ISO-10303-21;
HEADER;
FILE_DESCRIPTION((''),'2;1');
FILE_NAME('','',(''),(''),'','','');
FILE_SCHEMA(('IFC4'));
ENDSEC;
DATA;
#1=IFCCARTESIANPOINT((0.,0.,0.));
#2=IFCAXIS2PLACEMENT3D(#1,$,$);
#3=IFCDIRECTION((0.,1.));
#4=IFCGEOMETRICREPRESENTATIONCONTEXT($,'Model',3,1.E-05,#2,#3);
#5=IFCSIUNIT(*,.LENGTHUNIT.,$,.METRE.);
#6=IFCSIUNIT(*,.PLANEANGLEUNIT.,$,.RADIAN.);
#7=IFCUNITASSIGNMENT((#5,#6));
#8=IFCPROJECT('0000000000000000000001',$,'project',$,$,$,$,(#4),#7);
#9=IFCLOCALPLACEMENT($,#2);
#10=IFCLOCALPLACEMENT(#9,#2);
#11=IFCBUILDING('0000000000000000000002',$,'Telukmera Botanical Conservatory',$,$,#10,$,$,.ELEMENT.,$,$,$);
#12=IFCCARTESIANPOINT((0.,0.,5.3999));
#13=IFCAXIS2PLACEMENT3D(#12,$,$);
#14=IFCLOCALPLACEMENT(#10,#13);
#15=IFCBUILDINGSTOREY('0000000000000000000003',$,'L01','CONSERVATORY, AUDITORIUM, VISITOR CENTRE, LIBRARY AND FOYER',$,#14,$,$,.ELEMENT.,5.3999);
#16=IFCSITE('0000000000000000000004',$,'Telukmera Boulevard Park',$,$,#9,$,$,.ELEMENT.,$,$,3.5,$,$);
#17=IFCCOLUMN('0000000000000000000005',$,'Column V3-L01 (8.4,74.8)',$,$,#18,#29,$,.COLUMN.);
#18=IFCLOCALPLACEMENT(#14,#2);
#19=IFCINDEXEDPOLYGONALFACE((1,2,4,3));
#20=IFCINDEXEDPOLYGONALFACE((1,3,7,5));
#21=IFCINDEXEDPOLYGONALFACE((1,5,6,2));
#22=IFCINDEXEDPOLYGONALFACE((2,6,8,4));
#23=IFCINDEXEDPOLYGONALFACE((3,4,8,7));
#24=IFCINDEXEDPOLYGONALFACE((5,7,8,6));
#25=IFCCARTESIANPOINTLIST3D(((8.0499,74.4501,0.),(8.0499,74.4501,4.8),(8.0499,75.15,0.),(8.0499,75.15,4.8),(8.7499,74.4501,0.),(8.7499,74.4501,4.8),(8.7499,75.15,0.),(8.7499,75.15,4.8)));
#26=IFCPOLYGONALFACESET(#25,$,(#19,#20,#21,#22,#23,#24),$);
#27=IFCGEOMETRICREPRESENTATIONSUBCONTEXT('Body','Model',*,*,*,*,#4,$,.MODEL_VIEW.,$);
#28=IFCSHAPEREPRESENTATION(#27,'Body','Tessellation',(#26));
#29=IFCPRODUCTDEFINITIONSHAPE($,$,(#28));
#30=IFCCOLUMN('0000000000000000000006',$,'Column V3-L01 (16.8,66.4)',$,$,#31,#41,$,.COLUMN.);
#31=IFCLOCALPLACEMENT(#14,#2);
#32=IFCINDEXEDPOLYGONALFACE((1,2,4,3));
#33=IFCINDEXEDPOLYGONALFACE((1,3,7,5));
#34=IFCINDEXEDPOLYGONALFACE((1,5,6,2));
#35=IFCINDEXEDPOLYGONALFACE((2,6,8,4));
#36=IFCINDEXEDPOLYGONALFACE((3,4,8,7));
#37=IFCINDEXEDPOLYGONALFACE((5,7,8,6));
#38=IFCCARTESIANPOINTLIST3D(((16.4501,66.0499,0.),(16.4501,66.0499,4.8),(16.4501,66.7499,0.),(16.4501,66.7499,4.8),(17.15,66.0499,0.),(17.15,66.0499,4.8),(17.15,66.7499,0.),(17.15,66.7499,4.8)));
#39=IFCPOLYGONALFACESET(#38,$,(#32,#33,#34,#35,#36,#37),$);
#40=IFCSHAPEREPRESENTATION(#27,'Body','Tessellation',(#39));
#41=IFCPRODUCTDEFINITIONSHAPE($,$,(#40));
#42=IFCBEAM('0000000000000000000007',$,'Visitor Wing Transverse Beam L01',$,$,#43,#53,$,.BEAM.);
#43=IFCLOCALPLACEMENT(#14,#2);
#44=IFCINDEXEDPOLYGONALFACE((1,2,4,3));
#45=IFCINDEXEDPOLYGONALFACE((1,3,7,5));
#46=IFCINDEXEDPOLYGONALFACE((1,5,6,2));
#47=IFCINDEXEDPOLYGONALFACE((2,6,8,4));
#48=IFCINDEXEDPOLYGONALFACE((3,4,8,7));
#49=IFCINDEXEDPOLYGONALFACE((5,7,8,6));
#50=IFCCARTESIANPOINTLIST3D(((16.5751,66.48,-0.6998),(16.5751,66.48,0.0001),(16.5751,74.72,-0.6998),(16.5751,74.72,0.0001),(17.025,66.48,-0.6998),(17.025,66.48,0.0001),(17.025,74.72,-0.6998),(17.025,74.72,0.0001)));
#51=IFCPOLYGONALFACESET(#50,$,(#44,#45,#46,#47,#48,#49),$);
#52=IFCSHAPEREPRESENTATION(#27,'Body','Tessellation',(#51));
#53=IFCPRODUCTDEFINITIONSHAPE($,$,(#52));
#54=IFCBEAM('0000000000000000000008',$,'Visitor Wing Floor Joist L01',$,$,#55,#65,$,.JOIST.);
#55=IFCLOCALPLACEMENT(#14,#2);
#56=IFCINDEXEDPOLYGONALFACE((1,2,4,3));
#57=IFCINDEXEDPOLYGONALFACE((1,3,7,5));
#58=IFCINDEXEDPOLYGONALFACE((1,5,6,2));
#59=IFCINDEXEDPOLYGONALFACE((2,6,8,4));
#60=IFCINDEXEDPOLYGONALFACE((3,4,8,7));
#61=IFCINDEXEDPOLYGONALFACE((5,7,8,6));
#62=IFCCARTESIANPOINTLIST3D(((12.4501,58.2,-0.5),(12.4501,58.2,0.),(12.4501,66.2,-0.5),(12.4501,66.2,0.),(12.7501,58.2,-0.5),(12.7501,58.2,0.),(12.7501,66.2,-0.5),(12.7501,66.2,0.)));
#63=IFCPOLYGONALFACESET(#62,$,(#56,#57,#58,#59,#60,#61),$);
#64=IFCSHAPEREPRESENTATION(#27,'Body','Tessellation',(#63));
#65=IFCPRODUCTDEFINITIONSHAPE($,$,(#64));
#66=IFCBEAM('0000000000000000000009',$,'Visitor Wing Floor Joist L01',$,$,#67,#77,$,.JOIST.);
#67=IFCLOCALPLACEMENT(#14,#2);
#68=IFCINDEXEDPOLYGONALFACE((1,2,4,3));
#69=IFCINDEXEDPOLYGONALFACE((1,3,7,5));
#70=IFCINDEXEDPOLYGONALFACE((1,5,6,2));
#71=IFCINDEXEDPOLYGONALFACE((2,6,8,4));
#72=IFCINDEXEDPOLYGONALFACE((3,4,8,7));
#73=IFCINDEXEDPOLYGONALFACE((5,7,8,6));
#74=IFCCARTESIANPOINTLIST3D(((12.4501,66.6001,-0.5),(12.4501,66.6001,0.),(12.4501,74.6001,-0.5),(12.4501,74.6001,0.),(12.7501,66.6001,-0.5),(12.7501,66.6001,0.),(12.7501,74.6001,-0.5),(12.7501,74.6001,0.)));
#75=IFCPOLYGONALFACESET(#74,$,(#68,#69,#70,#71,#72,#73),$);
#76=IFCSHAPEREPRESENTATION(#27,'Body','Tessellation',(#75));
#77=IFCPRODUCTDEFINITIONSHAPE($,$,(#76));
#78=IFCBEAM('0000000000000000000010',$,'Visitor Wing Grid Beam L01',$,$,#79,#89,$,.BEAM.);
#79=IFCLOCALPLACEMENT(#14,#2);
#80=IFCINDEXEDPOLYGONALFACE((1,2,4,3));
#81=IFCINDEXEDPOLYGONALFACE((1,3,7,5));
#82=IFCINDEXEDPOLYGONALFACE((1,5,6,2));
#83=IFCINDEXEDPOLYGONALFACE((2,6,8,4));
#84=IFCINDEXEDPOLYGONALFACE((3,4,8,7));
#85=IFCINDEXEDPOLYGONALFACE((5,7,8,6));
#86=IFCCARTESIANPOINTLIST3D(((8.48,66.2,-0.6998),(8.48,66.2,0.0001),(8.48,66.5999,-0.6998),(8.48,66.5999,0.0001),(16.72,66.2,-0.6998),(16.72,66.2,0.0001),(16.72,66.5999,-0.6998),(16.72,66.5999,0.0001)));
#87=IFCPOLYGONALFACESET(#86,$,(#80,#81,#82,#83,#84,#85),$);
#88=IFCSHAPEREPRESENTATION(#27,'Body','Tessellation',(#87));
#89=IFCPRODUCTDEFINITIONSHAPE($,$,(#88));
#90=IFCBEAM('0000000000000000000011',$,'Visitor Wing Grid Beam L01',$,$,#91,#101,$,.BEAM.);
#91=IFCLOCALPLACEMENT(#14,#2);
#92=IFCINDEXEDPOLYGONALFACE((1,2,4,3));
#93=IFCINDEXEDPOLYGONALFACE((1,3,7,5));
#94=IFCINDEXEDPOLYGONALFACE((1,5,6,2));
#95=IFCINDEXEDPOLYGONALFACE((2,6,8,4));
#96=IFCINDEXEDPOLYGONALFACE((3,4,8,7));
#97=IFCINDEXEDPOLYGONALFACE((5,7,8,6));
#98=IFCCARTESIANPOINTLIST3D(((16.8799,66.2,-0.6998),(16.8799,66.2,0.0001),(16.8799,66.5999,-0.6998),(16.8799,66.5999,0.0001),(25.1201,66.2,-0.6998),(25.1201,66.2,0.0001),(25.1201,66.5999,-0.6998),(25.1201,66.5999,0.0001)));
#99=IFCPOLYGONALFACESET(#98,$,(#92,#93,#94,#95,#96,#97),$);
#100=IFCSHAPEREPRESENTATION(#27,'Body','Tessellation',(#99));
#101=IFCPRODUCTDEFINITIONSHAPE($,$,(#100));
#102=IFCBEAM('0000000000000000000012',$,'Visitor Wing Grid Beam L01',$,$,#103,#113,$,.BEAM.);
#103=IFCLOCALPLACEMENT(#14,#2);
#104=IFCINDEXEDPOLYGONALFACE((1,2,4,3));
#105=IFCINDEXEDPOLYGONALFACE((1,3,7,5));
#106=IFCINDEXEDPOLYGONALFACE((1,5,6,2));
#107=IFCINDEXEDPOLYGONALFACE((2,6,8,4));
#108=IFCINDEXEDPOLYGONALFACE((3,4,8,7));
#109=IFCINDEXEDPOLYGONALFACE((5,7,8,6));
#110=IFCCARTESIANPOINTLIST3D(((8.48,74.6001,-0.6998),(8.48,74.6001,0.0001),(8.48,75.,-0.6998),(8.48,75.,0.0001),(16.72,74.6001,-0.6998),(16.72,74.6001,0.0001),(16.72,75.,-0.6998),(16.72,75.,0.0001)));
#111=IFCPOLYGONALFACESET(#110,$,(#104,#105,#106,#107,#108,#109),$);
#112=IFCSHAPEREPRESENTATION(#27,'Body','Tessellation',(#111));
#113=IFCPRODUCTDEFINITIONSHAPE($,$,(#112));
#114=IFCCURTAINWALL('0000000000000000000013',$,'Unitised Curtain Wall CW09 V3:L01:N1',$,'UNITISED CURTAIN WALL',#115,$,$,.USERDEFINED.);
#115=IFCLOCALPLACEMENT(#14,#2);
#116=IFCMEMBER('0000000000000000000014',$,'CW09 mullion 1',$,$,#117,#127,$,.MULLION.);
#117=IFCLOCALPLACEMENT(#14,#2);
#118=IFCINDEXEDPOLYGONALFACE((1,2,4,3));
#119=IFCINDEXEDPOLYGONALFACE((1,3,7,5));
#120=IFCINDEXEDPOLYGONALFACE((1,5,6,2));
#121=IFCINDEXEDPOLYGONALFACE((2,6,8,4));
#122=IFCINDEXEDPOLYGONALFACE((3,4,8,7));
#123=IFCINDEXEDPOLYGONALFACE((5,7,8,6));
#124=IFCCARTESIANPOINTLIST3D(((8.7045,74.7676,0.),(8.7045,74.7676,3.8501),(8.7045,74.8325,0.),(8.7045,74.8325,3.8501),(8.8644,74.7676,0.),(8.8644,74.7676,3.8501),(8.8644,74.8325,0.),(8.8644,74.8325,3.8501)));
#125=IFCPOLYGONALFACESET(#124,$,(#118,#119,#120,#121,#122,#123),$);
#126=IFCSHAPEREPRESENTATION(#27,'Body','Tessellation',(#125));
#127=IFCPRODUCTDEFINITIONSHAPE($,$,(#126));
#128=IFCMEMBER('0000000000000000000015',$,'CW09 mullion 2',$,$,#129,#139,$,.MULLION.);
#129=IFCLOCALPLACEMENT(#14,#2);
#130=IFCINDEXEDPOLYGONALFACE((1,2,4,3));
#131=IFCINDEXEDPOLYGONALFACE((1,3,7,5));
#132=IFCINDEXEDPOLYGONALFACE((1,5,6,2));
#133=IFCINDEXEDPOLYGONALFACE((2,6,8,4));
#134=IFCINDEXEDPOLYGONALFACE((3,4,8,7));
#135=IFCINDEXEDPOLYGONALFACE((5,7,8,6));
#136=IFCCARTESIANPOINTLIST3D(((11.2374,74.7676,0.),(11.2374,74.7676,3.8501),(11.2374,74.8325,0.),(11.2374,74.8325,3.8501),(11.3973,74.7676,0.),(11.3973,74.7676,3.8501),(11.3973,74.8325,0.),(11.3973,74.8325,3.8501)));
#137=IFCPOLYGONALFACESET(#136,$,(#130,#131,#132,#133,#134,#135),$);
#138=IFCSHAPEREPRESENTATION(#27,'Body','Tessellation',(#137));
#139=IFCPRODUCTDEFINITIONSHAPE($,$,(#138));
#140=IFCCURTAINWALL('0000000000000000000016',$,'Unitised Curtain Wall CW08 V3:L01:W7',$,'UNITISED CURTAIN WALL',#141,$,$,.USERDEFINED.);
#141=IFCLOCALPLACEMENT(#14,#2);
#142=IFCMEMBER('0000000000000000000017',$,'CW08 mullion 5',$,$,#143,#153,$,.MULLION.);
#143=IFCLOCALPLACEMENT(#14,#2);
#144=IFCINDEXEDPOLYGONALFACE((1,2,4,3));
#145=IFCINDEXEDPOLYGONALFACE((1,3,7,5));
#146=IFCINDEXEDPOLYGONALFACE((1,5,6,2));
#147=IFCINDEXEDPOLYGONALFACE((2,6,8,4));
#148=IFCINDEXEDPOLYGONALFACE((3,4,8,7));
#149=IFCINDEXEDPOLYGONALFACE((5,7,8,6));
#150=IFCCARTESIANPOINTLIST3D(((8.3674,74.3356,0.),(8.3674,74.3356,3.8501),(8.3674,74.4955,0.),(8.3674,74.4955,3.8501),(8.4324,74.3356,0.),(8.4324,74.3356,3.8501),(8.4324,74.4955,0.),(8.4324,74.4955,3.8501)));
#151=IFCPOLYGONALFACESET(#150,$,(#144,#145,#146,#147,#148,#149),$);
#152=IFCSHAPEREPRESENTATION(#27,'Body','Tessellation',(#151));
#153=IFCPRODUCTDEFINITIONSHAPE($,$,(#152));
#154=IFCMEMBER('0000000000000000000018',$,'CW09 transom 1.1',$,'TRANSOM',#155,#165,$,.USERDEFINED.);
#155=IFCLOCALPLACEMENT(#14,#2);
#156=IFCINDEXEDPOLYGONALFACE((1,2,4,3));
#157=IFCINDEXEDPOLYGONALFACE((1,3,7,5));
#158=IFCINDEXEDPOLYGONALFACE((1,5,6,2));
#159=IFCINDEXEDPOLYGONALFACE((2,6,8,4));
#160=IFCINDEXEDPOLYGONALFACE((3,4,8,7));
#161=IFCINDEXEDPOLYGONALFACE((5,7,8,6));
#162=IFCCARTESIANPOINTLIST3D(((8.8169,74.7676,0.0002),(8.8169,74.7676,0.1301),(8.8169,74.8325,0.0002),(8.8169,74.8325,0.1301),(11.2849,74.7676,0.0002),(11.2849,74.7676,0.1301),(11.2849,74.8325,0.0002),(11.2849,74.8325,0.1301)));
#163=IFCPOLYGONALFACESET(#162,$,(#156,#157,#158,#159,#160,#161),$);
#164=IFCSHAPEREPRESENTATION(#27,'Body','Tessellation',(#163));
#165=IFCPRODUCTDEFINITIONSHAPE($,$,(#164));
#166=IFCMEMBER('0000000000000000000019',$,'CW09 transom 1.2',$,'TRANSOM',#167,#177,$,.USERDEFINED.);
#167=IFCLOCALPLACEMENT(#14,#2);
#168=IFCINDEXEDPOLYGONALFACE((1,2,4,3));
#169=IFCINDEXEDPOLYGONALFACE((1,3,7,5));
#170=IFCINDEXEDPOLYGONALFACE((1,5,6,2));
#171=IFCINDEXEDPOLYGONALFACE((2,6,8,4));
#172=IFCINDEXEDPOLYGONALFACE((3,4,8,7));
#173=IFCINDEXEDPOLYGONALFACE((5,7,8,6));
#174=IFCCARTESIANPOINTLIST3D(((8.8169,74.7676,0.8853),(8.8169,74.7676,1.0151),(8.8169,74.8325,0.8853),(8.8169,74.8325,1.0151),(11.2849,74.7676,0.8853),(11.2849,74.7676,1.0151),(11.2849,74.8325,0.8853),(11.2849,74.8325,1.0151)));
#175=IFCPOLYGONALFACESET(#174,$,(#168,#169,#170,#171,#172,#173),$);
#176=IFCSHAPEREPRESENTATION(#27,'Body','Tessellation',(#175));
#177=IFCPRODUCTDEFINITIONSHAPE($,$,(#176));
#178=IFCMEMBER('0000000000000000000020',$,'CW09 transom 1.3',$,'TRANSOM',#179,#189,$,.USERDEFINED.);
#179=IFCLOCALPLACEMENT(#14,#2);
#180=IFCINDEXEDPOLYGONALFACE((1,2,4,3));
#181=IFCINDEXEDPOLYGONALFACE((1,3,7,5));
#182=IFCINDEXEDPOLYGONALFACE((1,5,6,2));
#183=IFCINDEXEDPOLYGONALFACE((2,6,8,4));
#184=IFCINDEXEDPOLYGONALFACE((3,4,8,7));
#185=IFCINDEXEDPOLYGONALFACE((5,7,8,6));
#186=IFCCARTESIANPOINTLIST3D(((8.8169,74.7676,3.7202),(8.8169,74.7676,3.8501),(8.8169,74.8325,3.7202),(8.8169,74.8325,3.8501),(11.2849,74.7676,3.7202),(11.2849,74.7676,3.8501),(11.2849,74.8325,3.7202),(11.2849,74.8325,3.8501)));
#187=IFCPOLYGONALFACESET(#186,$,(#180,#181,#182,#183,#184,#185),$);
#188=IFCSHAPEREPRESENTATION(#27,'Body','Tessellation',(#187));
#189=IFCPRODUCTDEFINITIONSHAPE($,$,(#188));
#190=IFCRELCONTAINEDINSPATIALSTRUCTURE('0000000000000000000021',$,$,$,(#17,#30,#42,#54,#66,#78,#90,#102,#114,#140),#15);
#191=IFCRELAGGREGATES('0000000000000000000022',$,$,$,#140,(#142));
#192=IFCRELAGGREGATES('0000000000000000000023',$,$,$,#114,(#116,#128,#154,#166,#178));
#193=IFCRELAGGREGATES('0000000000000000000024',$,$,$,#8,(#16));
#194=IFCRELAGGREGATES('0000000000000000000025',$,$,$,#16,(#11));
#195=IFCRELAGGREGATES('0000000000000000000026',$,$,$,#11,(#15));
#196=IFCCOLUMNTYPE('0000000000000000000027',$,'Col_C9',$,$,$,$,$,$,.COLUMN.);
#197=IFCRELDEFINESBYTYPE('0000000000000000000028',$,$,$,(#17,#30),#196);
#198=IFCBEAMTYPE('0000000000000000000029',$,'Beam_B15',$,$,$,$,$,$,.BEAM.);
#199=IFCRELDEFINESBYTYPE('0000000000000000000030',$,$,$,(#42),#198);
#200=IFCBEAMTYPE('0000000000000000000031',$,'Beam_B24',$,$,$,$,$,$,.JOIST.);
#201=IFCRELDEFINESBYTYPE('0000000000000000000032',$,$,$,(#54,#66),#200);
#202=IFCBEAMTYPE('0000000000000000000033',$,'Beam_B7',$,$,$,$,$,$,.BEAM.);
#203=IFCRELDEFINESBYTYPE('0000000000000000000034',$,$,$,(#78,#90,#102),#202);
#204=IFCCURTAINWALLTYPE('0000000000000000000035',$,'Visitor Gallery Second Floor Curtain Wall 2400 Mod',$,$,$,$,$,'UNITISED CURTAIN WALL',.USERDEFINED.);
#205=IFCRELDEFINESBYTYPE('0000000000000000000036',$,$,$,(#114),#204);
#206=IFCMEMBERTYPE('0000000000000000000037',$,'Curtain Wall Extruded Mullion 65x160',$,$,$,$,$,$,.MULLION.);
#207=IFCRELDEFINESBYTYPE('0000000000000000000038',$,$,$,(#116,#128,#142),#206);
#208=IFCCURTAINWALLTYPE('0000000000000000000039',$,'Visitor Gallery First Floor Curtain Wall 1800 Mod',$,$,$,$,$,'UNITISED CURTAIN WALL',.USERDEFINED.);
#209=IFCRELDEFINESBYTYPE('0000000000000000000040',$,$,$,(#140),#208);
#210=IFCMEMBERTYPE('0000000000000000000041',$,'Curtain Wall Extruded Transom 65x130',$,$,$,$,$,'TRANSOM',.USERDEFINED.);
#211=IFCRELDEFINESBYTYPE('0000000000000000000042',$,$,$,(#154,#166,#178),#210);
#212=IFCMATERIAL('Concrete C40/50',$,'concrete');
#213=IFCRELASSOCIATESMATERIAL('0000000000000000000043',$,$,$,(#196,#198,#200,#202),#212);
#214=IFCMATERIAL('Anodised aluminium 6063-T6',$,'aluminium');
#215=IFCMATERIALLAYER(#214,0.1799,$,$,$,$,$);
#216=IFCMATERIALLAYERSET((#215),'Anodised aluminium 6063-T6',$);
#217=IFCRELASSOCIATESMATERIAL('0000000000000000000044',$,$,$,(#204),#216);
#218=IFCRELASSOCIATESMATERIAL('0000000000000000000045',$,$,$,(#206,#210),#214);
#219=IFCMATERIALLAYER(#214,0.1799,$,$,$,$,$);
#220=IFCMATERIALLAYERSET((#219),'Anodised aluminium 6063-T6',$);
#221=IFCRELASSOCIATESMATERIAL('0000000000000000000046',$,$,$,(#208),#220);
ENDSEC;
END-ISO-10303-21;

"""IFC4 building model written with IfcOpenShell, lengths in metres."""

from ifc_helpers import new_model, si_unit, direction, frame, origin, origin_2d, place, context, subcontext, project, spatial, rectangle, extrude, material, layer, layer_set, material_profile, profile_set, type_object, element, aggregate, save


model = new_model("IFC4")

# Units and contexts
model_context = context("Model", 3, precision=1e-05, world=origin(), true_north=direction((0.0, 1.0)))
body_context = subcontext(model_context, "Body", "Model", "MODEL_VIEW")
ifc_project = project(units=[si_unit("LENGTHUNIT", "METRE"), si_unit("PLANEANGLEUNIT", "RADIAN")], contexts=[model_context])

# Site, building, storey
site_placement = place(None, origin())
site = spatial("IfcSite", under=ifc_project, at=site_placement, Name="Telukmera Boulevard Park", CompositionType="ELEMENT", RefElevation=3.5)
building_placement = place(site_placement, origin())
building = spatial("IfcBuilding", under=site, at=building_placement, Name="Telukmera Botanical Conservatory", CompositionType="ELEMENT")
storey_placement = place(building_placement, frame((0.0, 0.0, 5.3999)))
storey = spatial("IfcBuildingStorey", under=building, at=storey_placement, Name="L01", Description="CONSERVATORY, AUDITORIUM, VISITOR CENTRE, LIBRARY AND FOYER", CompositionType="ELEMENT", Elevation=5.3999)

# Columns
ifc_material_1 = material(Name="Concrete C40/50", Category="concrete")
ifc_material_profile_1 = material_profile(ifc_material_1, rectangle(XDim=0.7, YDim=0.7, at=origin_2d()), Name="RC 700x700")
ifc_profile_set_1 = profile_set([ifc_material_profile_1], Name="Concrete C40/50")
column_type = type_object("IfcColumnType", Name="Col_C9", PredefinedType="COLUMN", material=ifc_profile_set_1)
for number, where, z_axis, x_axis, name in (
    (1, (8.3999, 74.8, 0.0), (0.0, 0.0, 1.0), (1.0, 0.0, 0.0), "Column V3-L01 (8.4,74.8)"),
    (2, (16.8, 66.3999, 0.0), (0.0, 0.0, 1.0), (1.0, 0.0, 0.0), "Column V3-L01 (16.8,66.4)"),
):
    element("IfcColumn", number, at=place(storey_placement, frame(where, z_axis=z_axis, x_axis=x_axis)), inside=storey, type_object=column_type, Name=name, PredefinedType="COLUMN", context=body_context, shape_type="SweptSolid", body=[
        extrude(rectangle(XDim=0.7, YDim=0.7, at=origin_2d()), origin(), (0.0, 0.0, 1.0), 4.8),
    ])

# Beams
ifc_material_profile_2 = material_profile(ifc_material_1, rectangle(XDim=0.45, YDim=0.7, at=origin_2d()), Name="RC 450x700")
ifc_profile_set_2 = profile_set([ifc_material_profile_2], Name="Concrete C40/50")
beam_type_1 = type_object("IfcBeamType", Name="Beam_B15", PredefinedType="BEAM", material=ifc_profile_set_2)
beam_1_placement = place(storey_placement, frame((16.8, 66.48, -0.3499), z_axis=(0.0, 1.0, 0.0), x_axis=(-1.0, 0.0, 0.0)))
element("IfcBeam", 3, at=beam_1_placement, inside=storey, type_object=beam_type_1, Name="Visitor Wing Transverse Beam L01", PredefinedType="BEAM", context=body_context, shape_type="SweptSolid", body=[
    extrude(rectangle(XDim=0.45, YDim=0.7, at=origin_2d()), origin(), (0.0, 0.0, 1.0), 8.24),
])
ifc_material_profile_3 = material_profile(ifc_material_1, rectangle(XDim=0.3, YDim=0.5, at=origin_2d()), Name="RC 300x500")
ifc_profile_set_3 = profile_set([ifc_material_profile_3], Name="Concrete C40/50")
beam_type_2 = type_object("IfcBeamType", Name="Beam_B24", PredefinedType="JOIST", material=ifc_profile_set_3)
for number, where, z_axis, x_axis, name in (
    (4, (12.6001, 58.2, -0.25), (0.0, 1.0, 0.0), (-1.0, 0.0, 0.0), "Visitor Wing Floor Joist L01"),
    (5, (12.6001, 66.6001, -0.25), (0.0, 1.0, 0.0), (-1.0, 0.0, 0.0), "Visitor Wing Floor Joist L01"),
):
    element("IfcBeam", number, at=place(storey_placement, frame(where, z_axis=z_axis, x_axis=x_axis)), inside=storey, type_object=beam_type_2, Name=name, PredefinedType="JOIST", context=body_context, shape_type="SweptSolid", body=[
        extrude(rectangle(XDim=0.3, YDim=0.5, at=origin_2d()), origin(), (0.0, 0.0, 1.0), 8.0),
    ])
ifc_material_profile_4 = material_profile(ifc_material_1, rectangle(XDim=0.3999, YDim=0.7, at=origin_2d()), Name="RC 400x700")
ifc_profile_set_4 = profile_set([ifc_material_profile_4], Name="Concrete C40/50")
beam_type_3 = type_object("IfcBeamType", Name="Beam_B7", PredefinedType="BEAM", material=ifc_profile_set_4)
beam_2_placement = place(storey_placement, frame((8.48, 66.3999, -0.3499), z_axis=(1.0, 0.0, 0.0), x_axis=(0.0, 1.0, 0.0)))
element("IfcBeam", 6, at=beam_2_placement, inside=storey, type_object=beam_type_3, Name="Visitor Wing Grid Beam L01", PredefinedType="BEAM", context=body_context, shape_type="SweptSolid", body=[
    extrude(rectangle(XDim=0.3999, YDim=0.7, at=origin_2d()), origin(), (0.0, 0.0, 1.0), 8.24),
])
beam_3_placement = place(storey_placement, frame((16.8799, 66.3999, -0.3499), z_axis=(1.0, 0.0, 0.0), x_axis=(0.0, 1.0, 0.0)))
element("IfcBeam", 7, at=beam_3_placement, inside=storey, type_object=beam_type_3, Name="Visitor Wing Grid Beam L01", PredefinedType="BEAM", context=body_context, shape_type="SweptSolid", body=[
    extrude(rectangle(XDim=0.3999, YDim=0.7, at=origin_2d()), origin(), (0.0, 0.0, 1.0), 8.2402),
])
beam_4_placement = place(storey_placement, frame((8.48, 74.8, -0.3499), z_axis=(1.0, 0.0, 0.0), x_axis=(0.0, 1.0, 0.0)))
element("IfcBeam", 8, at=beam_4_placement, inside=storey, type_object=beam_type_3, Name="Visitor Wing Grid Beam L01", PredefinedType="BEAM", context=body_context, shape_type="SweptSolid", body=[
    extrude(rectangle(XDim=0.3999, YDim=0.7, at=origin_2d()), origin(), (0.0, 0.0, 1.0), 8.24),
])

# Curtain wall, members
ifc_material_2 = material(Name="Anodised aluminium 6063-T6", Category="aluminium")
ifc_layer_1 = layer(ifc_material_2, 0.1799)
ifc_layer_set_1 = layer_set([ifc_layer_1], Name="Anodised aluminium 6063-T6")
curtain_wall_type_1 = type_object("IfcCurtainWallType", Name="Visitor Gallery Second Floor Curtain Wall 2400 Mod", ElementType="UNITISED CURTAIN WALL", PredefinedType="USERDEFINED", material=ifc_layer_set_1)
curtain_wall_1_placement = place(storey_placement, origin())
curtain_wall_1 = element("IfcCurtainWall", 9, at=curtain_wall_1_placement, inside=storey, type_object=curtain_wall_type_1, Name="Unitised Curtain Wall CW09 V3:L01:N1", ObjectType="UNITISED CURTAIN WALL", PredefinedType="USERDEFINED")
ifc_material_profile_5 = material_profile(ifc_material_2, rectangle(XDim=0.0649, YDim=0.1599, at=origin_2d()), Name="ALU MULL 65x160")
ifc_profile_set_5 = profile_set([ifc_material_profile_5], Name="Anodised aluminium 6063-T6")
member_type_1 = type_object("IfcMemberType", Name="Curtain Wall Extruded Mullion 65x160", PredefinedType="MULLION", material=ifc_profile_set_5)
member_1_placement = place(storey_placement, frame((8.7844, 74.8, 0.0), z_axis=(0.0, 0.0, 1.0), x_axis=(0.0, 1.0, 0.0)))
member_1 = element("IfcMember", 10, at=member_1_placement, type_object=member_type_1, Name="CW09 mullion 1", PredefinedType="MULLION", context=body_context, shape_type="SweptSolid", body=[
    extrude(rectangle(XDim=0.0649, YDim=0.1599, at=origin_2d()), origin(), (0.0, 0.0, 1.0), 3.8501),
])
member_2_placement = place(storey_placement, frame((11.3174, 74.8, 0.0), z_axis=(0.0, 0.0, 1.0), x_axis=(0.0, 1.0, 0.0)))
member_2 = element("IfcMember", 11, at=member_2_placement, type_object=member_type_1, Name="CW09 mullion 2", PredefinedType="MULLION", context=body_context, shape_type="SweptSolid", body=[
    extrude(rectangle(XDim=0.0649, YDim=0.1599, at=origin_2d()), origin(), (0.0, 0.0, 1.0), 3.8501),
])

# Curtain wall, member
ifc_layer_2 = layer(ifc_material_2, 0.1799)
ifc_layer_set_2 = layer_set([ifc_layer_2], Name="Anodised aluminium 6063-T6")
curtain_wall_type_2 = type_object("IfcCurtainWallType", Name="Visitor Gallery First Floor Curtain Wall 1800 Mod", ElementType="UNITISED CURTAIN WALL", PredefinedType="USERDEFINED", material=ifc_layer_set_2)
curtain_wall_2_placement = place(storey_placement, origin())
curtain_wall_2 = element("IfcCurtainWall", 12, at=curtain_wall_2_placement, inside=storey, type_object=curtain_wall_type_2, Name="Unitised Curtain Wall CW08 V3:L01:W7", ObjectType="UNITISED CURTAIN WALL", PredefinedType="USERDEFINED")
member_3_placement = place(storey_placement, frame((8.3999, 74.4155, 0.0), z_axis=(0.0, 0.0, 1.0), x_axis=(-1.0, 0.0, 0.0)))
member_3 = element("IfcMember", 13, at=member_3_placement, type_object=member_type_1, Name="CW08 mullion 5", PredefinedType="MULLION", context=body_context, shape_type="SweptSolid", body=[
    extrude(rectangle(XDim=0.0649, YDim=0.1599, at=origin_2d()), origin(), (0.0, 0.0, 1.0), 3.8501),
])
aggregate(curtain_wall_2, [member_3])

# Members
ifc_material_profile_6 = material_profile(ifc_material_2, rectangle(XDim=0.0649, YDim=0.1299, at=origin_2d()), Name="ALU TRAN 65x130")
ifc_profile_set_6 = profile_set([ifc_material_profile_6], Name="Anodised aluminium 6063-T6")
member_type_2 = type_object("IfcMemberType", Name="Curtain Wall Extruded Transom 65x130", ElementType="TRANSOM", PredefinedType="USERDEFINED", material=ifc_profile_set_6)
member_4_placement = place(storey_placement, frame((8.8169, 74.8, 0.0652), z_axis=(1.0, 0.0, 0.0), x_axis=(0.0, 1.0, 0.0)))
member_4 = element("IfcMember", 14, at=member_4_placement, type_object=member_type_2, Name="CW09 transom 1.1", ObjectType="TRANSOM", PredefinedType="USERDEFINED", context=body_context, shape_type="SweptSolid", body=[
    extrude(rectangle(XDim=0.0649, YDim=0.1299, at=origin_2d()), origin(), (0.0, 0.0, 1.0), 2.468),
])
member_5_placement = place(storey_placement, frame((8.8169, 74.8, 0.9502), z_axis=(1.0, 0.0, 0.0), x_axis=(0.0, 1.0, 0.0)))
member_5 = element("IfcMember", 15, at=member_5_placement, type_object=member_type_2, Name="CW09 transom 1.2", ObjectType="TRANSOM", PredefinedType="USERDEFINED", context=body_context, shape_type="SweptSolid", body=[
    extrude(rectangle(XDim=0.0649, YDim=0.1299, at=origin_2d()), origin(), (0.0, 0.0, 1.0), 2.468),
])
member_6_placement = place(storey_placement, frame((8.8169, 74.8, 3.7852), z_axis=(1.0, 0.0, 0.0), x_axis=(0.0, 1.0, 0.0)))
member_6 = element("IfcMember", 16, at=member_6_placement, type_object=member_type_2, Name="CW09 transom 1.3", ObjectType="TRANSOM", PredefinedType="USERDEFINED", context=body_context, shape_type="SweptSolid", body=[
    extrude(rectangle(XDim=0.0649, YDim=0.1299, at=origin_2d()), origin(), (0.0, 0.0, 1.0), 2.468),
])

aggregate(curtain_wall_1, [member_1, member_2, member_4, member_5, member_6])

save(model, "model.ifc")
